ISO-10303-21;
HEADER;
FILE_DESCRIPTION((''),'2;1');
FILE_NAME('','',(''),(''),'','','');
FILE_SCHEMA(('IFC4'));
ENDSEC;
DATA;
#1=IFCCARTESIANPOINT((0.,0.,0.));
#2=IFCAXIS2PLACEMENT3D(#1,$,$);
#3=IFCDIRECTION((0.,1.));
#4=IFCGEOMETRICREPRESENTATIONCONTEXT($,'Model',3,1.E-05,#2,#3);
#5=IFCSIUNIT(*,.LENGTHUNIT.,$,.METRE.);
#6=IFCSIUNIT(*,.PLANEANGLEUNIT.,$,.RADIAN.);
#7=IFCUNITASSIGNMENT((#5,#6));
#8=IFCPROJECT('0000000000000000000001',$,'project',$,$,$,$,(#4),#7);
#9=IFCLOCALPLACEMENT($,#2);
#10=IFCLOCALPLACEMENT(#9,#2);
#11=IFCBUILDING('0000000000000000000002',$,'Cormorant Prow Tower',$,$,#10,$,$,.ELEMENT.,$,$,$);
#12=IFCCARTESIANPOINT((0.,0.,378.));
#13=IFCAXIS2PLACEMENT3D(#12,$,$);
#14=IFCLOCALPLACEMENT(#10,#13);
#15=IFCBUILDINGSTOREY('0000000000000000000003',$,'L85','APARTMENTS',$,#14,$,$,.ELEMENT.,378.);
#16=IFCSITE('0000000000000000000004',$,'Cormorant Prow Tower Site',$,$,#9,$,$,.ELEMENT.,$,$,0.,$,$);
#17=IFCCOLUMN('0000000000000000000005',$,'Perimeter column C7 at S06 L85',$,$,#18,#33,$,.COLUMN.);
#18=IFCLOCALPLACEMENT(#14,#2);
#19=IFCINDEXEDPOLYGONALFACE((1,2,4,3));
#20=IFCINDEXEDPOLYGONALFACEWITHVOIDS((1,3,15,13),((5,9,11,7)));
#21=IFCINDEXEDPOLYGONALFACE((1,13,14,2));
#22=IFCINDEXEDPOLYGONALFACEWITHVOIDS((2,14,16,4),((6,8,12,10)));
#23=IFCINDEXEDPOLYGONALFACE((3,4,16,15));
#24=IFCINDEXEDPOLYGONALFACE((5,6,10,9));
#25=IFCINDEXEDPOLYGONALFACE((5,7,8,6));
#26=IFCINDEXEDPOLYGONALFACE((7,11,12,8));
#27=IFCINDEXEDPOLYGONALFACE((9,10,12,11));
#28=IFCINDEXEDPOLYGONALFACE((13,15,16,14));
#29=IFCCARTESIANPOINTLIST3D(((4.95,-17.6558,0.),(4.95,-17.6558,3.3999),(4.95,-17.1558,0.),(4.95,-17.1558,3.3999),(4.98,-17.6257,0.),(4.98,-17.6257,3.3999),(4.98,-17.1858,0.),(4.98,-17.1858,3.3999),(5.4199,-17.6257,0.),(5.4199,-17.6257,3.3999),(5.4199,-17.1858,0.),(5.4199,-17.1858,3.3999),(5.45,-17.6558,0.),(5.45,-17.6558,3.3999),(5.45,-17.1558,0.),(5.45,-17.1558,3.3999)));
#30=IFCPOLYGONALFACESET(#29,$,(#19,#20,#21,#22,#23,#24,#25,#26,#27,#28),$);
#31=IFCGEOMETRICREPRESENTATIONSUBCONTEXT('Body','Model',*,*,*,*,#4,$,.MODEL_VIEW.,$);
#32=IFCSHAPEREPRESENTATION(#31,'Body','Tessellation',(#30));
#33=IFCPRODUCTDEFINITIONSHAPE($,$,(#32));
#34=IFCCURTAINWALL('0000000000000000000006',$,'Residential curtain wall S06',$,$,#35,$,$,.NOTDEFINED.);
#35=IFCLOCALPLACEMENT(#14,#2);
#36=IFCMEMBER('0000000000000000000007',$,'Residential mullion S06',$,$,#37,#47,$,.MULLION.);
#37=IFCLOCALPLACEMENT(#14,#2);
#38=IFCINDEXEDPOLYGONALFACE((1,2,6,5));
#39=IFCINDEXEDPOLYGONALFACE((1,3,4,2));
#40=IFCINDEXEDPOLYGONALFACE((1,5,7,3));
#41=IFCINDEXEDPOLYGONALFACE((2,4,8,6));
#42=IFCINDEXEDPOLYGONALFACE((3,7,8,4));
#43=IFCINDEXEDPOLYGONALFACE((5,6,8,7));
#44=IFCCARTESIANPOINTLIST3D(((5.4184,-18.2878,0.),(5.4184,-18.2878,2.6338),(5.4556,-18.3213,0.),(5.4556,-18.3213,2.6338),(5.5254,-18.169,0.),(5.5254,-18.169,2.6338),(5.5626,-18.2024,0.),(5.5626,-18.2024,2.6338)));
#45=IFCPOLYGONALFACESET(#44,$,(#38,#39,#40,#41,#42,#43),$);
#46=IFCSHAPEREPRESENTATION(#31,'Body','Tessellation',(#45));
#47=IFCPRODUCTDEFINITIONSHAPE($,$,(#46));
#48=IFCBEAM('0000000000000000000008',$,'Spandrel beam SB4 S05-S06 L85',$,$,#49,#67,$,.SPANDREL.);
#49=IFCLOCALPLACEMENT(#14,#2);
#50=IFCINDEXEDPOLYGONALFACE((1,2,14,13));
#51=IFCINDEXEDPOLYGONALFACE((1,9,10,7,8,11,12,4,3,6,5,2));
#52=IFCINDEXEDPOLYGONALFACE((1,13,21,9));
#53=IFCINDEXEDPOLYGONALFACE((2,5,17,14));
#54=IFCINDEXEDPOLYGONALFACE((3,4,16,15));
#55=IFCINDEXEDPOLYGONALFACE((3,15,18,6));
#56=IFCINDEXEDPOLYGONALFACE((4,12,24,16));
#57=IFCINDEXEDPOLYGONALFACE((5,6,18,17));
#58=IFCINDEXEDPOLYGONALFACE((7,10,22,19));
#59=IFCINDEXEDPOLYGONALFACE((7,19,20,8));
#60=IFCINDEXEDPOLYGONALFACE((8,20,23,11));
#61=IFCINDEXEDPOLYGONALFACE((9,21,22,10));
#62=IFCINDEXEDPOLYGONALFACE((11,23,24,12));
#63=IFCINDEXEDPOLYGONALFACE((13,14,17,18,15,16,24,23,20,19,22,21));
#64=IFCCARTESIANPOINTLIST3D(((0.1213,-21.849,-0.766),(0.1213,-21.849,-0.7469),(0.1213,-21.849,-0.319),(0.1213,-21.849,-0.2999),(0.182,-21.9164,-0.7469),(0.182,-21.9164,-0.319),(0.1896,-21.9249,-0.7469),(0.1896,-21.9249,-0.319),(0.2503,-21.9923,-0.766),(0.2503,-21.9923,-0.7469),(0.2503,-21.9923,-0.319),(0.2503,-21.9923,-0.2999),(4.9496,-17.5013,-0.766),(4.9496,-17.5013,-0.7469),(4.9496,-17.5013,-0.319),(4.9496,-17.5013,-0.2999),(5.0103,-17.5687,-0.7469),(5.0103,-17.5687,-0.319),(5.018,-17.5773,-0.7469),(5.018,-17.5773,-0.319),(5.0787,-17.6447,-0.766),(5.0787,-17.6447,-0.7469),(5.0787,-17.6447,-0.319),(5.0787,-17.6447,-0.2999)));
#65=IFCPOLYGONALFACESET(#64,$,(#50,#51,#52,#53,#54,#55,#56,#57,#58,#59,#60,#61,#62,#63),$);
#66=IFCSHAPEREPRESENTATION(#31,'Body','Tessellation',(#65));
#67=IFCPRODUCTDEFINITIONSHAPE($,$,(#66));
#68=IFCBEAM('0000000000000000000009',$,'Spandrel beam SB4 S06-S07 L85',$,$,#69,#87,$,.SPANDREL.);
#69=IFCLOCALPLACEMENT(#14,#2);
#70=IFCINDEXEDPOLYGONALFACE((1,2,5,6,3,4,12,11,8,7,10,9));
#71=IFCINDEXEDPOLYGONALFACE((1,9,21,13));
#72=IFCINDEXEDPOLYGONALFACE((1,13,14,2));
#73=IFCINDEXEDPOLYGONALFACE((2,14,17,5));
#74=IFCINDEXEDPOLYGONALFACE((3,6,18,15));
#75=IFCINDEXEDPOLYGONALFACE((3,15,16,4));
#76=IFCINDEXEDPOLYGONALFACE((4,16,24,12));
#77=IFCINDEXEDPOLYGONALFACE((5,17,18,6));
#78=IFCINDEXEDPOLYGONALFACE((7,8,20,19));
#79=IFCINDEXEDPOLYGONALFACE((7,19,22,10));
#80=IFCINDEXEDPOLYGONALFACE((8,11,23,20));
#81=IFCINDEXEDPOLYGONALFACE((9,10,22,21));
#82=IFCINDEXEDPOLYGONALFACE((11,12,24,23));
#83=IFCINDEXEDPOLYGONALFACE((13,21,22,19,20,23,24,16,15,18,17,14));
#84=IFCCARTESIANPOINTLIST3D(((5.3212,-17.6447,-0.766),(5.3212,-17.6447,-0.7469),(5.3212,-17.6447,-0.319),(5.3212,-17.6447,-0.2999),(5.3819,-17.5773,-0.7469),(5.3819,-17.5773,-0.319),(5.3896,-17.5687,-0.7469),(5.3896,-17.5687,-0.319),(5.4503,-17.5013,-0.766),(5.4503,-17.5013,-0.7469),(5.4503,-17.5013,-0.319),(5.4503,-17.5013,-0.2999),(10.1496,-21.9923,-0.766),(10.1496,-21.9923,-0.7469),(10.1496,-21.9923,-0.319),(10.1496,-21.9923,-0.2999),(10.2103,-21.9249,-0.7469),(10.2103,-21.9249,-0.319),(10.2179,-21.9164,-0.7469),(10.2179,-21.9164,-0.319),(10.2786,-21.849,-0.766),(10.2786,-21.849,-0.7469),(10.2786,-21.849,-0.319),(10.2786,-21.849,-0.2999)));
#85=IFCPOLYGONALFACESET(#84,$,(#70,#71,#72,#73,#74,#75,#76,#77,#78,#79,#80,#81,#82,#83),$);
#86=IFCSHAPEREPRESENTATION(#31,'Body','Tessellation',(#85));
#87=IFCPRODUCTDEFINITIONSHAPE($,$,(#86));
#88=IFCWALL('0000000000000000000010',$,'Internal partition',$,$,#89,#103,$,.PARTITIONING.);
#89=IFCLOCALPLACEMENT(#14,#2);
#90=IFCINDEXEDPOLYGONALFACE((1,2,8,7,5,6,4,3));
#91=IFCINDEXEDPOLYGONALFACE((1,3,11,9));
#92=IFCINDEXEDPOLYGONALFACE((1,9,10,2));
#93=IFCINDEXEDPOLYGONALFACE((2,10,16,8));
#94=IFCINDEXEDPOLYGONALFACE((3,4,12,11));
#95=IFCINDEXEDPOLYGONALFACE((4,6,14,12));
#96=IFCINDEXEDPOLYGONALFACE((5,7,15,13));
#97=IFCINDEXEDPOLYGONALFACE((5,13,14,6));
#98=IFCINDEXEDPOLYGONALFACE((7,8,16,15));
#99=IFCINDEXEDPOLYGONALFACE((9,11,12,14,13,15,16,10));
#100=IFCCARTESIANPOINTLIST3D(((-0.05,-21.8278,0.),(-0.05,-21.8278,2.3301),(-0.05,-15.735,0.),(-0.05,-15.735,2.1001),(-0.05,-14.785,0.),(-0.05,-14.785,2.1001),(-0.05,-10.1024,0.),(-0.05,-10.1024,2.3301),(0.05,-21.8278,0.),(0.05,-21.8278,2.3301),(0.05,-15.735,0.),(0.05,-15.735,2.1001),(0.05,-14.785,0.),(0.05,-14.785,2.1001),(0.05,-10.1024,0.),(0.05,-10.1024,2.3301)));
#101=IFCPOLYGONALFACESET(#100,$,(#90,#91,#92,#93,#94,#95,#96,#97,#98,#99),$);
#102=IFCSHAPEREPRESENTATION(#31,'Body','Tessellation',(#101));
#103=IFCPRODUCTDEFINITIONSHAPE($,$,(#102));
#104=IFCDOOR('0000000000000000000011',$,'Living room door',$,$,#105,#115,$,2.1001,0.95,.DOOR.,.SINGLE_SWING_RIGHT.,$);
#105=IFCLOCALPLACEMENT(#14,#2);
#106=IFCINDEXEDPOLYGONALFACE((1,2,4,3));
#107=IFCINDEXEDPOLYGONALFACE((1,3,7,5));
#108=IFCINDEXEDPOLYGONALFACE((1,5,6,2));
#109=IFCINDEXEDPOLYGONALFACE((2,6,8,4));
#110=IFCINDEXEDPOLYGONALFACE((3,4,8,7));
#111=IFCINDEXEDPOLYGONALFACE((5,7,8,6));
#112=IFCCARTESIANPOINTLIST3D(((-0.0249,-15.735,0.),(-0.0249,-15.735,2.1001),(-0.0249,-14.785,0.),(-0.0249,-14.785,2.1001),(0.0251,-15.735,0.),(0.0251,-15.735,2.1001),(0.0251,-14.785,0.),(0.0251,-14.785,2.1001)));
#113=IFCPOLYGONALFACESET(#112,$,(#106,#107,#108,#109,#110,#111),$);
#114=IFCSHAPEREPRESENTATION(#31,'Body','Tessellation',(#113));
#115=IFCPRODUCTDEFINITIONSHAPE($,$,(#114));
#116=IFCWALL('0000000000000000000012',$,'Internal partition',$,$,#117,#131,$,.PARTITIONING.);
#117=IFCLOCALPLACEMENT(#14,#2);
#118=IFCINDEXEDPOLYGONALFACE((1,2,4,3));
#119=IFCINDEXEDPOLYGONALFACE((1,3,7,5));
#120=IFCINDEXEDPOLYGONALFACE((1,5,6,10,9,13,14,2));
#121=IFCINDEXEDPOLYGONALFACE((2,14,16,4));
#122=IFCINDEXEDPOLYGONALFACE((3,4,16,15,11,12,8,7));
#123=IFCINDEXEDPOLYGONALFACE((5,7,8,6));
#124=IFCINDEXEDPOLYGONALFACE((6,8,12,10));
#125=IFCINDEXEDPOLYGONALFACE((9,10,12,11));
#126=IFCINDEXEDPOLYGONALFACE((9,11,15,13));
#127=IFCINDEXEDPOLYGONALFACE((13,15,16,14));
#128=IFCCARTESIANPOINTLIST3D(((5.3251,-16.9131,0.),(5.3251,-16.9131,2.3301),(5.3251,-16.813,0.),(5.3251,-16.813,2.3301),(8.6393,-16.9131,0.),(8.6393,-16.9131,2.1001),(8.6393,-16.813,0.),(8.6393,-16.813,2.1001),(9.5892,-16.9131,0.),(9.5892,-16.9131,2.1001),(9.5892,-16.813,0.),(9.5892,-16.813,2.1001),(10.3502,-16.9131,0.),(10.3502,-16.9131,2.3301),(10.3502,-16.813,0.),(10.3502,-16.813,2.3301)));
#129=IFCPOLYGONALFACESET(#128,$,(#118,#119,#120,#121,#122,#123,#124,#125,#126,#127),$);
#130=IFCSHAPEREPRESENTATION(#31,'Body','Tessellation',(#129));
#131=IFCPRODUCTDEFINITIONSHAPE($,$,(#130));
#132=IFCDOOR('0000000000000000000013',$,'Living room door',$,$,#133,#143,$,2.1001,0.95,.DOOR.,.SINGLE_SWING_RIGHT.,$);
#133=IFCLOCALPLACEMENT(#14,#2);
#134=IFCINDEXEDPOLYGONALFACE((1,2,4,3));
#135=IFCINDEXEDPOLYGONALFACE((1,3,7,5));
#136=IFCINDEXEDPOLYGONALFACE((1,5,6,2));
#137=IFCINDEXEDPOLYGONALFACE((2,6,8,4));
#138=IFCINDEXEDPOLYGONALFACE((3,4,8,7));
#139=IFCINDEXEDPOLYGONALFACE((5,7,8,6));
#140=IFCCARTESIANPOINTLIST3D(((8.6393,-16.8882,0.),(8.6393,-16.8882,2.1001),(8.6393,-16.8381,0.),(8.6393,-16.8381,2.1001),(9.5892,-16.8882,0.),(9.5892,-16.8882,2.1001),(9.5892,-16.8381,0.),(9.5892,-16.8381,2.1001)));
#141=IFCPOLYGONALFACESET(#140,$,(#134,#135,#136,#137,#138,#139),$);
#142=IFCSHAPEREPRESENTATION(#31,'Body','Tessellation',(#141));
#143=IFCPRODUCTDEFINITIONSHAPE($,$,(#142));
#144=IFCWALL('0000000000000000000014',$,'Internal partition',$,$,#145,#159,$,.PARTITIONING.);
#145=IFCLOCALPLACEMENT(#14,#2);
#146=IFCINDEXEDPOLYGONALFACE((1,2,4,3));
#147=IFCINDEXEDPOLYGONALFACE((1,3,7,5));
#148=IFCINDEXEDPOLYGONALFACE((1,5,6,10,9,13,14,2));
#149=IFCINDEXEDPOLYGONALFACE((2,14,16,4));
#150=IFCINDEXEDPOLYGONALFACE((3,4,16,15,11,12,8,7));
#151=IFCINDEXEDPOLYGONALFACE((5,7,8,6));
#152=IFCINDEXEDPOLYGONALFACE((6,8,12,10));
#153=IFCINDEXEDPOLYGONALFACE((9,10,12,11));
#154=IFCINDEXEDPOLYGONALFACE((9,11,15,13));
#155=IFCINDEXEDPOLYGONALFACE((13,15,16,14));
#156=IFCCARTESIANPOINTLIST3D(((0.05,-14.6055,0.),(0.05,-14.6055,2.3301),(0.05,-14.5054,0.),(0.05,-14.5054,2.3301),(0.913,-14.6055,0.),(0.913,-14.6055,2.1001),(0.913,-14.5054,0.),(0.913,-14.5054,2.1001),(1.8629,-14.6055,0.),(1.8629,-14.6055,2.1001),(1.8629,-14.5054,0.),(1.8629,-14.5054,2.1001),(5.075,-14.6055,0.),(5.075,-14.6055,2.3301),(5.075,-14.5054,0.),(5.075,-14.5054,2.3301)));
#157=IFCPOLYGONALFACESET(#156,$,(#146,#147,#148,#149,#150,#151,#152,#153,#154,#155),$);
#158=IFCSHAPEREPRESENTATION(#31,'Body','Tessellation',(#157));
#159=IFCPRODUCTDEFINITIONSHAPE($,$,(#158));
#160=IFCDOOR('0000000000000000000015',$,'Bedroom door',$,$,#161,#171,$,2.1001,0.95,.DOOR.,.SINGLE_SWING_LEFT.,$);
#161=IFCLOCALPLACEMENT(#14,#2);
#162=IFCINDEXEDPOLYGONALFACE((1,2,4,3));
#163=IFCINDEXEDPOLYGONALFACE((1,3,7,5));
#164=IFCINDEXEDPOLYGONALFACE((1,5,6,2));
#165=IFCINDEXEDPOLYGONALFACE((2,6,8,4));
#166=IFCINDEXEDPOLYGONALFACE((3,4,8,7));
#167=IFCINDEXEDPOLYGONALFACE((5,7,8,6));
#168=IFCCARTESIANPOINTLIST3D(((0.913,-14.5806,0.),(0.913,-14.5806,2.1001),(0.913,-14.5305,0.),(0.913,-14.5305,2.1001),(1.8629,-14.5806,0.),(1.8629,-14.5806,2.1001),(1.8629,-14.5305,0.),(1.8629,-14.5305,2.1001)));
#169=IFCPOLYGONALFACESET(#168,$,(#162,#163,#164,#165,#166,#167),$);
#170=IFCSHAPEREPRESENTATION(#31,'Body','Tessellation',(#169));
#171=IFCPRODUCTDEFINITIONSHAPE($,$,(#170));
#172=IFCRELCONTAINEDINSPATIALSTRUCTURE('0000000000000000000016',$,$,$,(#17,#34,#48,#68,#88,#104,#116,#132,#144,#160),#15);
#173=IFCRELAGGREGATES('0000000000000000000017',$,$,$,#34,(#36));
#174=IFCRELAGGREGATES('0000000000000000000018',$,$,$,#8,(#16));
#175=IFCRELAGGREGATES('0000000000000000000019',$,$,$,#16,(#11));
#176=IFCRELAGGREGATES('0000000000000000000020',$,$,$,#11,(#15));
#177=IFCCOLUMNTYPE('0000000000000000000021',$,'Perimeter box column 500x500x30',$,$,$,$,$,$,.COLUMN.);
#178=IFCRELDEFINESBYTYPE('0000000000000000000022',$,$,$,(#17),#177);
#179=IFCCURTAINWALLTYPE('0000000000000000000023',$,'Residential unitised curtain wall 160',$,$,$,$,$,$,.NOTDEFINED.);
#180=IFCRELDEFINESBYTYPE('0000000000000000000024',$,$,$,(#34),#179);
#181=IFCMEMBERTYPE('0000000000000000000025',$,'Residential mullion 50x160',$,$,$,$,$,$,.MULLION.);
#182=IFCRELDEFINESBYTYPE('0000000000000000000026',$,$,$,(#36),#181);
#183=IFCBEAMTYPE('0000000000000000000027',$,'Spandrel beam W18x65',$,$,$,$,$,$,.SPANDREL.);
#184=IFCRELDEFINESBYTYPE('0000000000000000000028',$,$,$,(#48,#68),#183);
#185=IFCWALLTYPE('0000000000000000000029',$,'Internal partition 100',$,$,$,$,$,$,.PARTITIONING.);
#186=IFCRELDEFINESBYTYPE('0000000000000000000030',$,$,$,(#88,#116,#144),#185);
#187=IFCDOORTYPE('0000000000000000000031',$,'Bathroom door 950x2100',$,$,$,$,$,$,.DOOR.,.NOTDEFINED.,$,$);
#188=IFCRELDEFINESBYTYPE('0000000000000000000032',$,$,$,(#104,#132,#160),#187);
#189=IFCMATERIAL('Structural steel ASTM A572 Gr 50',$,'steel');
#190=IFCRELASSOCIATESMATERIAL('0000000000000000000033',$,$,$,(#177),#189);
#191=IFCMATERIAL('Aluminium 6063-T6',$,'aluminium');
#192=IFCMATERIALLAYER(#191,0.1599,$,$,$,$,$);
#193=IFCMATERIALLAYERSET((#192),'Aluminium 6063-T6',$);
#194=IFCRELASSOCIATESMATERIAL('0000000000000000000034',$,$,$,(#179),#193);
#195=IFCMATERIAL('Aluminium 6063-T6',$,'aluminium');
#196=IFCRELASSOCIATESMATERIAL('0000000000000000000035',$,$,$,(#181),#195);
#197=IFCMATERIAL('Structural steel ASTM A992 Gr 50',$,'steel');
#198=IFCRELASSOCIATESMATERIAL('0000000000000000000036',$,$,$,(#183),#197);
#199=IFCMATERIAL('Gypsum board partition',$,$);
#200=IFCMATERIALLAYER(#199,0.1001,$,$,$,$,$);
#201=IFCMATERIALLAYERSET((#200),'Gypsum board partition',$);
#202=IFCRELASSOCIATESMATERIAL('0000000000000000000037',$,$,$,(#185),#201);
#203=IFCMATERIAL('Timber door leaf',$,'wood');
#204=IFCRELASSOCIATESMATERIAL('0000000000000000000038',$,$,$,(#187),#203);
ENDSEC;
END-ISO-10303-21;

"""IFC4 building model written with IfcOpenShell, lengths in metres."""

from ifc_helpers import new_model, si_unit, direction, frame, frame_2d, origin, origin_2d, place, context, subcontext, project, spatial, rectangle, hollow_rectangle, i_section, extrude, material, layer, layer_set, material_profile, profile_set, type_object, element, fill, aggregate, save


model = new_model("IFC4")

# Units and contexts
model_context = context("Model", 3, precision=1e-05, world=origin(), true_north=direction((0.0, 1.0)))
body_context = subcontext(model_context, "Body", "Model", "MODEL_VIEW")
ifc_project = project(units=[si_unit("LENGTHUNIT", "METRE"), si_unit("PLANEANGLEUNIT", "RADIAN")], contexts=[model_context])

# Site, building, storey
site_placement = place(None, origin())
site = spatial("IfcSite", under=ifc_project, at=site_placement, Name="Cormorant Prow Tower Site", CompositionType="ELEMENT", RefElevation=0.0)
building_placement = place(site_placement, origin())
building = spatial("IfcBuilding", under=site, at=building_placement, Name="Cormorant Prow Tower", CompositionType="ELEMENT")
storey_placement = place(building_placement, frame((0.0, 0.0, 378.0)))
storey = spatial("IfcBuildingStorey", under=building, at=storey_placement, Name="L85", Description="APARTMENTS", CompositionType="ELEMENT", Elevation=378.0)

# Column
ifc_material_1 = material(Name="Structural steel ASTM A572 Gr 50", Category="steel")
ifc_material_profile_1 = material_profile(ifc_material_1, hollow_rectangle(XDim=0.5, YDim=0.5, WallThickness=0.03, at=origin_2d()), Name="Box 500x500x30")
ifc_profile_set_1 = profile_set([ifc_material_profile_1], Name="Structural steel ASTM A572 Gr 50")
column_type = type_object("IfcColumnType", Name="Perimeter box column 500x500x30", PredefinedType="COLUMN", material=ifc_profile_set_1)
column_placement = place(storey_placement, frame((5.2, -17.4058, 0.0), z_axis=(0.0, 0.0, 1.0), x_axis=(1.0, 0.0, 0.0)))
element("IfcColumn", 1, at=column_placement, inside=storey, type_object=column_type, Name="Perimeter column C7 at S06 L85", PredefinedType="COLUMN", context=body_context, shape_type="SweptSolid", body=[
    extrude(hollow_rectangle(XDim=0.5, YDim=0.5, WallThickness=0.03, at=origin_2d()), origin(), (0.0, 0.0, 1.0), 3.3999),
])

# Curtain wall, member
ifc_material_2 = material(Name="Aluminium 6063-T6", Category="aluminium")
ifc_layer_1 = layer(ifc_material_2, 0.1599)
ifc_layer_set_1 = layer_set([ifc_layer_1], Name="Aluminium 6063-T6")
curtain_wall_type = type_object("IfcCurtainWallType", Name="Residential unitised curtain wall 160", PredefinedType="NOTDEFINED", material=ifc_layer_set_1)
curtain_wall_placement = place(storey_placement, origin())
curtain_wall = element("IfcCurtainWall", 2, at=curtain_wall_placement, inside=storey, type_object=curtain_wall_type, Name="Residential curtain wall S06", PredefinedType="NOTDEFINED")
ifc_material_3 = material(Name="Aluminium 6063-T6", Category="aluminium")
ifc_material_profile_2 = material_profile(ifc_material_3, rectangle(XDim=0.1599, YDim=0.05, at=origin_2d()), Name="Residential mullion 50x160")
ifc_profile_set_2 = profile_set([ifc_material_profile_2], Name="Aluminium 6063-T6")
member_type = type_object("IfcMemberType", Name="Residential mullion 50x160", PredefinedType="MULLION", material=ifc_profile_set_2)
member_placement = place(storey_placement, frame((5.4905, -18.2451, 0.0), z_axis=(0.0, 0.0, 1.0), x_axis=(0.669131, 0.743145, 0.0)))
member = element("IfcMember", 3, at=member_placement, type_object=member_type, Name="Residential mullion S06", PredefinedType="MULLION", context=body_context, shape_type="SweptSolid", body=[
    extrude(rectangle(XDim=0.1599, YDim=0.05, at=origin_2d()), origin(), (0.0, 0.0, 1.0), 2.6338),
])
aggregate(curtain_wall, [member])

# Beams
ifc_material_4 = material(Name="Structural steel ASTM A992 Gr 50", Category="steel")
ifc_material_profile_3 = material_profile(ifc_material_4, i_section(OverallWidth=0.1929, OverallDepth=0.4661, WebThickness=0.0115, FlangeThickness=0.019, at=origin_2d()), Name="W18x65")
ifc_profile_set_3 = profile_set([ifc_material_profile_3], Name="Structural steel ASTM A992 Gr 50")
beam_type = type_object("IfcBeamType", Name="Spandrel beam W18x65", PredefinedType="SPANDREL", material=ifc_profile_set_3)
for number, where, z_axis, x_axis, name in (
    (4, (0.1858, -21.9207, -0.533), (0.743132, 0.669145, 0.0), (-0.669145, 0.743132, 0.0), "Spandrel beam SB4 S05-S06 L85"),
    (5, (5.3857, -17.573, -0.533), (0.743132, -0.669145, 0.0), (0.669145, 0.743132, 0.0), "Spandrel beam SB4 S06-S07 L85"),
):
    element("IfcBeam", number, at=place(storey_placement, frame(where, z_axis=z_axis, x_axis=x_axis)), inside=storey, type_object=beam_type, Name=name, PredefinedType="SPANDREL", context=body_context, shape_type="SweptSolid", body=[
        extrude(i_section(OverallWidth=0.1929, OverallDepth=0.4661, WebThickness=0.0115, FlangeThickness=0.019, at=origin_2d()), origin(), (0.0, 0.0, 1.0), 6.4973),
    ])

# Walls, openings, doors
ifc_material_5 = material(Name="Gypsum board partition")
ifc_layer_2 = layer(ifc_material_5, 0.1001)
ifc_layer_set_2 = layer_set([ifc_layer_2], Name="Gypsum board partition")
wall_type_1 = type_object("IfcWallType", Name="Internal partition 100", PredefinedType="PARTITIONING", material=ifc_layer_set_2)
wall_1_placement = place(storey_placement, frame((0.0, -21.8279, 0.0), z_axis=(0.0, 0.0, 1.0), x_axis=(0.0, 1.0, 0.0)))
wall_1 = element("IfcWall", 6, at=wall_1_placement, inside=storey, type_object=wall_type_1, Name="Internal partition", PredefinedType="PARTITIONING", context=body_context, shape_type="SweptSolid", body=[
    extrude(rectangle(XDim=11.7253, YDim=0.1001, at=frame_2d((5.8628, 0.0))), origin(), (0.0, 0.0, 1.0), 2.3301),
])
opening_1_placement = place(wall_1_placement, frame((6.0928, 0.0, 0.0)))
opening_1 = element("IfcOpeningElement", 7, at=opening_1_placement, cuts=wall_1, PredefinedType="OPENING", context=body_context, shape_type="SweptSolid", body=[
    extrude(rectangle(XDim=0.95, YDim=2.1001, at=frame_2d((0.4751, 1.05))), frame((0.0, 0.0601, 0.0), z_axis=(0.0, -1.0, 0.0), x_axis=(1.0, 0.0, 0.0)), (0.0, 0.0, 1.0), 0.1201),
])
ifc_material_6 = material(Name="Timber door leaf", Category="wood")
door_type_1 = type_object("IfcDoorType", Name="Bathroom door 950x2100", OperationType="NOTDEFINED", PredefinedType="DOOR", material=ifc_material_6)
door_1_placement = place(opening_1_placement, origin())
door_1 = element("IfcDoor", 8, at=door_1_placement, inside=storey, type_object=door_type_1, Name="Living room door", OperationType="SINGLE_SWING_RIGHT", OverallHeight=2.1001, OverallWidth=0.95, PredefinedType="DOOR", context=body_context, shape_type="SweptSolid", body=[
    extrude(rectangle(XDim=0.95, YDim=2.1001, at=frame_2d((0.4751, 1.05))), frame((0.0, 0.0249, 0.0), z_axis=(0.0, -1.0, 0.0), x_axis=(1.0, 0.0, 0.0)), (0.0, 0.0, 1.0), 0.05),
])
fill(opening_1, door_1)
wall_2_placement = place(storey_placement, frame((5.325, -16.863, 0.0), z_axis=(0.0, 0.0, 1.0), x_axis=(1.0, 0.0, 0.0)))
wall_2 = element("IfcWall", 9, at=wall_2_placement, inside=storey, type_object=wall_type_1, Name="Internal partition", PredefinedType="PARTITIONING", context=body_context, shape_type="SweptSolid", body=[
    extrude(rectangle(XDim=5.0251, YDim=0.1001, at=frame_2d((2.5127, 0.0))), origin(), (0.0, 0.0, 1.0), 2.3301),
])
opening_2_placement = place(wall_2_placement, frame((3.3142, 0.0, 0.0)))
opening_2 = element("IfcOpeningElement", 10, at=opening_2_placement, cuts=wall_2, PredefinedType="OPENING", context=body_context, shape_type="SweptSolid", body=[
    extrude(rectangle(XDim=0.95, YDim=2.1001, at=frame_2d((0.4751, 1.05))), frame((0.0, 0.0601, 0.0), z_axis=(0.0, -1.0, 0.0), x_axis=(1.0, 0.0, 0.0)), (0.0, 0.0, 1.0), 0.1201),
])
door_2_placement = place(opening_2_placement, origin())
door_2 = element("IfcDoor", 11, at=door_2_placement, inside=storey, type_object=door_type_1, Name="Living room door", OperationType="SINGLE_SWING_RIGHT", OverallHeight=2.1001, OverallWidth=0.95, PredefinedType="DOOR", context=body_context, shape_type="SweptSolid", body=[
    extrude(rectangle(XDim=0.95, YDim=2.1001, at=frame_2d((0.4751, 1.05))), frame((0.0, 0.0249, 0.0), z_axis=(0.0, -1.0, 0.0), x_axis=(1.0, 0.0, 0.0)), (0.0, 0.0, 1.0), 0.05),
])
fill(opening_2, door_2)
wall_3_placement = place(storey_placement, frame((0.05, -14.5554, 0.0), z_axis=(0.0, 0.0, 1.0), x_axis=(1.0, 0.0, 0.0)))
wall_3 = element("IfcWall", 12, at=wall_3_placement, inside=storey, type_object=wall_type_1, Name="Internal partition", PredefinedType="PARTITIONING", context=body_context, shape_type="SweptSolid", body=[
    extrude(rectangle(XDim=5.0249, YDim=0.1001, at=frame_2d((2.5125, 0.0))), origin(), (0.0, 0.0, 1.0), 2.3301),
])
opening_3_placement = place(wall_3_placement, frame((0.8628, 0.0, 0.0)))
opening_3 = element("IfcOpeningElement", 13, at=opening_3_placement, cuts=wall_3, PredefinedType="OPENING", context=body_context, shape_type="SweptSolid", body=[
    extrude(rectangle(XDim=0.95, YDim=2.1001, at=frame_2d((0.4751, 1.05))), frame((0.0, 0.0601, 0.0), z_axis=(0.0, -1.0, 0.0), x_axis=(1.0, 0.0, 0.0)), (0.0, 0.0, 1.0), 0.1201),
])
door_3_placement = place(opening_3_placement, origin())
door_3 = element("IfcDoor", 14, at=door_3_placement, inside=storey, type_object=door_type_1, Name="Bedroom door", OperationType="SINGLE_SWING_LEFT", OverallHeight=2.1001, OverallWidth=0.95, PredefinedType="DOOR", context=body_context, shape_type="SweptSolid", body=[
    extrude(rectangle(XDim=0.95, YDim=2.1001, at=frame_2d((0.4751, 1.05))), frame((0.0, 0.0249, 0.0), z_axis=(0.0, -1.0, 0.0), x_axis=(1.0, 0.0, 0.0)), (0.0, 0.0, 1.0), 0.05),
])
fill(opening_3, door_3)

save(model, "model.ifc")
